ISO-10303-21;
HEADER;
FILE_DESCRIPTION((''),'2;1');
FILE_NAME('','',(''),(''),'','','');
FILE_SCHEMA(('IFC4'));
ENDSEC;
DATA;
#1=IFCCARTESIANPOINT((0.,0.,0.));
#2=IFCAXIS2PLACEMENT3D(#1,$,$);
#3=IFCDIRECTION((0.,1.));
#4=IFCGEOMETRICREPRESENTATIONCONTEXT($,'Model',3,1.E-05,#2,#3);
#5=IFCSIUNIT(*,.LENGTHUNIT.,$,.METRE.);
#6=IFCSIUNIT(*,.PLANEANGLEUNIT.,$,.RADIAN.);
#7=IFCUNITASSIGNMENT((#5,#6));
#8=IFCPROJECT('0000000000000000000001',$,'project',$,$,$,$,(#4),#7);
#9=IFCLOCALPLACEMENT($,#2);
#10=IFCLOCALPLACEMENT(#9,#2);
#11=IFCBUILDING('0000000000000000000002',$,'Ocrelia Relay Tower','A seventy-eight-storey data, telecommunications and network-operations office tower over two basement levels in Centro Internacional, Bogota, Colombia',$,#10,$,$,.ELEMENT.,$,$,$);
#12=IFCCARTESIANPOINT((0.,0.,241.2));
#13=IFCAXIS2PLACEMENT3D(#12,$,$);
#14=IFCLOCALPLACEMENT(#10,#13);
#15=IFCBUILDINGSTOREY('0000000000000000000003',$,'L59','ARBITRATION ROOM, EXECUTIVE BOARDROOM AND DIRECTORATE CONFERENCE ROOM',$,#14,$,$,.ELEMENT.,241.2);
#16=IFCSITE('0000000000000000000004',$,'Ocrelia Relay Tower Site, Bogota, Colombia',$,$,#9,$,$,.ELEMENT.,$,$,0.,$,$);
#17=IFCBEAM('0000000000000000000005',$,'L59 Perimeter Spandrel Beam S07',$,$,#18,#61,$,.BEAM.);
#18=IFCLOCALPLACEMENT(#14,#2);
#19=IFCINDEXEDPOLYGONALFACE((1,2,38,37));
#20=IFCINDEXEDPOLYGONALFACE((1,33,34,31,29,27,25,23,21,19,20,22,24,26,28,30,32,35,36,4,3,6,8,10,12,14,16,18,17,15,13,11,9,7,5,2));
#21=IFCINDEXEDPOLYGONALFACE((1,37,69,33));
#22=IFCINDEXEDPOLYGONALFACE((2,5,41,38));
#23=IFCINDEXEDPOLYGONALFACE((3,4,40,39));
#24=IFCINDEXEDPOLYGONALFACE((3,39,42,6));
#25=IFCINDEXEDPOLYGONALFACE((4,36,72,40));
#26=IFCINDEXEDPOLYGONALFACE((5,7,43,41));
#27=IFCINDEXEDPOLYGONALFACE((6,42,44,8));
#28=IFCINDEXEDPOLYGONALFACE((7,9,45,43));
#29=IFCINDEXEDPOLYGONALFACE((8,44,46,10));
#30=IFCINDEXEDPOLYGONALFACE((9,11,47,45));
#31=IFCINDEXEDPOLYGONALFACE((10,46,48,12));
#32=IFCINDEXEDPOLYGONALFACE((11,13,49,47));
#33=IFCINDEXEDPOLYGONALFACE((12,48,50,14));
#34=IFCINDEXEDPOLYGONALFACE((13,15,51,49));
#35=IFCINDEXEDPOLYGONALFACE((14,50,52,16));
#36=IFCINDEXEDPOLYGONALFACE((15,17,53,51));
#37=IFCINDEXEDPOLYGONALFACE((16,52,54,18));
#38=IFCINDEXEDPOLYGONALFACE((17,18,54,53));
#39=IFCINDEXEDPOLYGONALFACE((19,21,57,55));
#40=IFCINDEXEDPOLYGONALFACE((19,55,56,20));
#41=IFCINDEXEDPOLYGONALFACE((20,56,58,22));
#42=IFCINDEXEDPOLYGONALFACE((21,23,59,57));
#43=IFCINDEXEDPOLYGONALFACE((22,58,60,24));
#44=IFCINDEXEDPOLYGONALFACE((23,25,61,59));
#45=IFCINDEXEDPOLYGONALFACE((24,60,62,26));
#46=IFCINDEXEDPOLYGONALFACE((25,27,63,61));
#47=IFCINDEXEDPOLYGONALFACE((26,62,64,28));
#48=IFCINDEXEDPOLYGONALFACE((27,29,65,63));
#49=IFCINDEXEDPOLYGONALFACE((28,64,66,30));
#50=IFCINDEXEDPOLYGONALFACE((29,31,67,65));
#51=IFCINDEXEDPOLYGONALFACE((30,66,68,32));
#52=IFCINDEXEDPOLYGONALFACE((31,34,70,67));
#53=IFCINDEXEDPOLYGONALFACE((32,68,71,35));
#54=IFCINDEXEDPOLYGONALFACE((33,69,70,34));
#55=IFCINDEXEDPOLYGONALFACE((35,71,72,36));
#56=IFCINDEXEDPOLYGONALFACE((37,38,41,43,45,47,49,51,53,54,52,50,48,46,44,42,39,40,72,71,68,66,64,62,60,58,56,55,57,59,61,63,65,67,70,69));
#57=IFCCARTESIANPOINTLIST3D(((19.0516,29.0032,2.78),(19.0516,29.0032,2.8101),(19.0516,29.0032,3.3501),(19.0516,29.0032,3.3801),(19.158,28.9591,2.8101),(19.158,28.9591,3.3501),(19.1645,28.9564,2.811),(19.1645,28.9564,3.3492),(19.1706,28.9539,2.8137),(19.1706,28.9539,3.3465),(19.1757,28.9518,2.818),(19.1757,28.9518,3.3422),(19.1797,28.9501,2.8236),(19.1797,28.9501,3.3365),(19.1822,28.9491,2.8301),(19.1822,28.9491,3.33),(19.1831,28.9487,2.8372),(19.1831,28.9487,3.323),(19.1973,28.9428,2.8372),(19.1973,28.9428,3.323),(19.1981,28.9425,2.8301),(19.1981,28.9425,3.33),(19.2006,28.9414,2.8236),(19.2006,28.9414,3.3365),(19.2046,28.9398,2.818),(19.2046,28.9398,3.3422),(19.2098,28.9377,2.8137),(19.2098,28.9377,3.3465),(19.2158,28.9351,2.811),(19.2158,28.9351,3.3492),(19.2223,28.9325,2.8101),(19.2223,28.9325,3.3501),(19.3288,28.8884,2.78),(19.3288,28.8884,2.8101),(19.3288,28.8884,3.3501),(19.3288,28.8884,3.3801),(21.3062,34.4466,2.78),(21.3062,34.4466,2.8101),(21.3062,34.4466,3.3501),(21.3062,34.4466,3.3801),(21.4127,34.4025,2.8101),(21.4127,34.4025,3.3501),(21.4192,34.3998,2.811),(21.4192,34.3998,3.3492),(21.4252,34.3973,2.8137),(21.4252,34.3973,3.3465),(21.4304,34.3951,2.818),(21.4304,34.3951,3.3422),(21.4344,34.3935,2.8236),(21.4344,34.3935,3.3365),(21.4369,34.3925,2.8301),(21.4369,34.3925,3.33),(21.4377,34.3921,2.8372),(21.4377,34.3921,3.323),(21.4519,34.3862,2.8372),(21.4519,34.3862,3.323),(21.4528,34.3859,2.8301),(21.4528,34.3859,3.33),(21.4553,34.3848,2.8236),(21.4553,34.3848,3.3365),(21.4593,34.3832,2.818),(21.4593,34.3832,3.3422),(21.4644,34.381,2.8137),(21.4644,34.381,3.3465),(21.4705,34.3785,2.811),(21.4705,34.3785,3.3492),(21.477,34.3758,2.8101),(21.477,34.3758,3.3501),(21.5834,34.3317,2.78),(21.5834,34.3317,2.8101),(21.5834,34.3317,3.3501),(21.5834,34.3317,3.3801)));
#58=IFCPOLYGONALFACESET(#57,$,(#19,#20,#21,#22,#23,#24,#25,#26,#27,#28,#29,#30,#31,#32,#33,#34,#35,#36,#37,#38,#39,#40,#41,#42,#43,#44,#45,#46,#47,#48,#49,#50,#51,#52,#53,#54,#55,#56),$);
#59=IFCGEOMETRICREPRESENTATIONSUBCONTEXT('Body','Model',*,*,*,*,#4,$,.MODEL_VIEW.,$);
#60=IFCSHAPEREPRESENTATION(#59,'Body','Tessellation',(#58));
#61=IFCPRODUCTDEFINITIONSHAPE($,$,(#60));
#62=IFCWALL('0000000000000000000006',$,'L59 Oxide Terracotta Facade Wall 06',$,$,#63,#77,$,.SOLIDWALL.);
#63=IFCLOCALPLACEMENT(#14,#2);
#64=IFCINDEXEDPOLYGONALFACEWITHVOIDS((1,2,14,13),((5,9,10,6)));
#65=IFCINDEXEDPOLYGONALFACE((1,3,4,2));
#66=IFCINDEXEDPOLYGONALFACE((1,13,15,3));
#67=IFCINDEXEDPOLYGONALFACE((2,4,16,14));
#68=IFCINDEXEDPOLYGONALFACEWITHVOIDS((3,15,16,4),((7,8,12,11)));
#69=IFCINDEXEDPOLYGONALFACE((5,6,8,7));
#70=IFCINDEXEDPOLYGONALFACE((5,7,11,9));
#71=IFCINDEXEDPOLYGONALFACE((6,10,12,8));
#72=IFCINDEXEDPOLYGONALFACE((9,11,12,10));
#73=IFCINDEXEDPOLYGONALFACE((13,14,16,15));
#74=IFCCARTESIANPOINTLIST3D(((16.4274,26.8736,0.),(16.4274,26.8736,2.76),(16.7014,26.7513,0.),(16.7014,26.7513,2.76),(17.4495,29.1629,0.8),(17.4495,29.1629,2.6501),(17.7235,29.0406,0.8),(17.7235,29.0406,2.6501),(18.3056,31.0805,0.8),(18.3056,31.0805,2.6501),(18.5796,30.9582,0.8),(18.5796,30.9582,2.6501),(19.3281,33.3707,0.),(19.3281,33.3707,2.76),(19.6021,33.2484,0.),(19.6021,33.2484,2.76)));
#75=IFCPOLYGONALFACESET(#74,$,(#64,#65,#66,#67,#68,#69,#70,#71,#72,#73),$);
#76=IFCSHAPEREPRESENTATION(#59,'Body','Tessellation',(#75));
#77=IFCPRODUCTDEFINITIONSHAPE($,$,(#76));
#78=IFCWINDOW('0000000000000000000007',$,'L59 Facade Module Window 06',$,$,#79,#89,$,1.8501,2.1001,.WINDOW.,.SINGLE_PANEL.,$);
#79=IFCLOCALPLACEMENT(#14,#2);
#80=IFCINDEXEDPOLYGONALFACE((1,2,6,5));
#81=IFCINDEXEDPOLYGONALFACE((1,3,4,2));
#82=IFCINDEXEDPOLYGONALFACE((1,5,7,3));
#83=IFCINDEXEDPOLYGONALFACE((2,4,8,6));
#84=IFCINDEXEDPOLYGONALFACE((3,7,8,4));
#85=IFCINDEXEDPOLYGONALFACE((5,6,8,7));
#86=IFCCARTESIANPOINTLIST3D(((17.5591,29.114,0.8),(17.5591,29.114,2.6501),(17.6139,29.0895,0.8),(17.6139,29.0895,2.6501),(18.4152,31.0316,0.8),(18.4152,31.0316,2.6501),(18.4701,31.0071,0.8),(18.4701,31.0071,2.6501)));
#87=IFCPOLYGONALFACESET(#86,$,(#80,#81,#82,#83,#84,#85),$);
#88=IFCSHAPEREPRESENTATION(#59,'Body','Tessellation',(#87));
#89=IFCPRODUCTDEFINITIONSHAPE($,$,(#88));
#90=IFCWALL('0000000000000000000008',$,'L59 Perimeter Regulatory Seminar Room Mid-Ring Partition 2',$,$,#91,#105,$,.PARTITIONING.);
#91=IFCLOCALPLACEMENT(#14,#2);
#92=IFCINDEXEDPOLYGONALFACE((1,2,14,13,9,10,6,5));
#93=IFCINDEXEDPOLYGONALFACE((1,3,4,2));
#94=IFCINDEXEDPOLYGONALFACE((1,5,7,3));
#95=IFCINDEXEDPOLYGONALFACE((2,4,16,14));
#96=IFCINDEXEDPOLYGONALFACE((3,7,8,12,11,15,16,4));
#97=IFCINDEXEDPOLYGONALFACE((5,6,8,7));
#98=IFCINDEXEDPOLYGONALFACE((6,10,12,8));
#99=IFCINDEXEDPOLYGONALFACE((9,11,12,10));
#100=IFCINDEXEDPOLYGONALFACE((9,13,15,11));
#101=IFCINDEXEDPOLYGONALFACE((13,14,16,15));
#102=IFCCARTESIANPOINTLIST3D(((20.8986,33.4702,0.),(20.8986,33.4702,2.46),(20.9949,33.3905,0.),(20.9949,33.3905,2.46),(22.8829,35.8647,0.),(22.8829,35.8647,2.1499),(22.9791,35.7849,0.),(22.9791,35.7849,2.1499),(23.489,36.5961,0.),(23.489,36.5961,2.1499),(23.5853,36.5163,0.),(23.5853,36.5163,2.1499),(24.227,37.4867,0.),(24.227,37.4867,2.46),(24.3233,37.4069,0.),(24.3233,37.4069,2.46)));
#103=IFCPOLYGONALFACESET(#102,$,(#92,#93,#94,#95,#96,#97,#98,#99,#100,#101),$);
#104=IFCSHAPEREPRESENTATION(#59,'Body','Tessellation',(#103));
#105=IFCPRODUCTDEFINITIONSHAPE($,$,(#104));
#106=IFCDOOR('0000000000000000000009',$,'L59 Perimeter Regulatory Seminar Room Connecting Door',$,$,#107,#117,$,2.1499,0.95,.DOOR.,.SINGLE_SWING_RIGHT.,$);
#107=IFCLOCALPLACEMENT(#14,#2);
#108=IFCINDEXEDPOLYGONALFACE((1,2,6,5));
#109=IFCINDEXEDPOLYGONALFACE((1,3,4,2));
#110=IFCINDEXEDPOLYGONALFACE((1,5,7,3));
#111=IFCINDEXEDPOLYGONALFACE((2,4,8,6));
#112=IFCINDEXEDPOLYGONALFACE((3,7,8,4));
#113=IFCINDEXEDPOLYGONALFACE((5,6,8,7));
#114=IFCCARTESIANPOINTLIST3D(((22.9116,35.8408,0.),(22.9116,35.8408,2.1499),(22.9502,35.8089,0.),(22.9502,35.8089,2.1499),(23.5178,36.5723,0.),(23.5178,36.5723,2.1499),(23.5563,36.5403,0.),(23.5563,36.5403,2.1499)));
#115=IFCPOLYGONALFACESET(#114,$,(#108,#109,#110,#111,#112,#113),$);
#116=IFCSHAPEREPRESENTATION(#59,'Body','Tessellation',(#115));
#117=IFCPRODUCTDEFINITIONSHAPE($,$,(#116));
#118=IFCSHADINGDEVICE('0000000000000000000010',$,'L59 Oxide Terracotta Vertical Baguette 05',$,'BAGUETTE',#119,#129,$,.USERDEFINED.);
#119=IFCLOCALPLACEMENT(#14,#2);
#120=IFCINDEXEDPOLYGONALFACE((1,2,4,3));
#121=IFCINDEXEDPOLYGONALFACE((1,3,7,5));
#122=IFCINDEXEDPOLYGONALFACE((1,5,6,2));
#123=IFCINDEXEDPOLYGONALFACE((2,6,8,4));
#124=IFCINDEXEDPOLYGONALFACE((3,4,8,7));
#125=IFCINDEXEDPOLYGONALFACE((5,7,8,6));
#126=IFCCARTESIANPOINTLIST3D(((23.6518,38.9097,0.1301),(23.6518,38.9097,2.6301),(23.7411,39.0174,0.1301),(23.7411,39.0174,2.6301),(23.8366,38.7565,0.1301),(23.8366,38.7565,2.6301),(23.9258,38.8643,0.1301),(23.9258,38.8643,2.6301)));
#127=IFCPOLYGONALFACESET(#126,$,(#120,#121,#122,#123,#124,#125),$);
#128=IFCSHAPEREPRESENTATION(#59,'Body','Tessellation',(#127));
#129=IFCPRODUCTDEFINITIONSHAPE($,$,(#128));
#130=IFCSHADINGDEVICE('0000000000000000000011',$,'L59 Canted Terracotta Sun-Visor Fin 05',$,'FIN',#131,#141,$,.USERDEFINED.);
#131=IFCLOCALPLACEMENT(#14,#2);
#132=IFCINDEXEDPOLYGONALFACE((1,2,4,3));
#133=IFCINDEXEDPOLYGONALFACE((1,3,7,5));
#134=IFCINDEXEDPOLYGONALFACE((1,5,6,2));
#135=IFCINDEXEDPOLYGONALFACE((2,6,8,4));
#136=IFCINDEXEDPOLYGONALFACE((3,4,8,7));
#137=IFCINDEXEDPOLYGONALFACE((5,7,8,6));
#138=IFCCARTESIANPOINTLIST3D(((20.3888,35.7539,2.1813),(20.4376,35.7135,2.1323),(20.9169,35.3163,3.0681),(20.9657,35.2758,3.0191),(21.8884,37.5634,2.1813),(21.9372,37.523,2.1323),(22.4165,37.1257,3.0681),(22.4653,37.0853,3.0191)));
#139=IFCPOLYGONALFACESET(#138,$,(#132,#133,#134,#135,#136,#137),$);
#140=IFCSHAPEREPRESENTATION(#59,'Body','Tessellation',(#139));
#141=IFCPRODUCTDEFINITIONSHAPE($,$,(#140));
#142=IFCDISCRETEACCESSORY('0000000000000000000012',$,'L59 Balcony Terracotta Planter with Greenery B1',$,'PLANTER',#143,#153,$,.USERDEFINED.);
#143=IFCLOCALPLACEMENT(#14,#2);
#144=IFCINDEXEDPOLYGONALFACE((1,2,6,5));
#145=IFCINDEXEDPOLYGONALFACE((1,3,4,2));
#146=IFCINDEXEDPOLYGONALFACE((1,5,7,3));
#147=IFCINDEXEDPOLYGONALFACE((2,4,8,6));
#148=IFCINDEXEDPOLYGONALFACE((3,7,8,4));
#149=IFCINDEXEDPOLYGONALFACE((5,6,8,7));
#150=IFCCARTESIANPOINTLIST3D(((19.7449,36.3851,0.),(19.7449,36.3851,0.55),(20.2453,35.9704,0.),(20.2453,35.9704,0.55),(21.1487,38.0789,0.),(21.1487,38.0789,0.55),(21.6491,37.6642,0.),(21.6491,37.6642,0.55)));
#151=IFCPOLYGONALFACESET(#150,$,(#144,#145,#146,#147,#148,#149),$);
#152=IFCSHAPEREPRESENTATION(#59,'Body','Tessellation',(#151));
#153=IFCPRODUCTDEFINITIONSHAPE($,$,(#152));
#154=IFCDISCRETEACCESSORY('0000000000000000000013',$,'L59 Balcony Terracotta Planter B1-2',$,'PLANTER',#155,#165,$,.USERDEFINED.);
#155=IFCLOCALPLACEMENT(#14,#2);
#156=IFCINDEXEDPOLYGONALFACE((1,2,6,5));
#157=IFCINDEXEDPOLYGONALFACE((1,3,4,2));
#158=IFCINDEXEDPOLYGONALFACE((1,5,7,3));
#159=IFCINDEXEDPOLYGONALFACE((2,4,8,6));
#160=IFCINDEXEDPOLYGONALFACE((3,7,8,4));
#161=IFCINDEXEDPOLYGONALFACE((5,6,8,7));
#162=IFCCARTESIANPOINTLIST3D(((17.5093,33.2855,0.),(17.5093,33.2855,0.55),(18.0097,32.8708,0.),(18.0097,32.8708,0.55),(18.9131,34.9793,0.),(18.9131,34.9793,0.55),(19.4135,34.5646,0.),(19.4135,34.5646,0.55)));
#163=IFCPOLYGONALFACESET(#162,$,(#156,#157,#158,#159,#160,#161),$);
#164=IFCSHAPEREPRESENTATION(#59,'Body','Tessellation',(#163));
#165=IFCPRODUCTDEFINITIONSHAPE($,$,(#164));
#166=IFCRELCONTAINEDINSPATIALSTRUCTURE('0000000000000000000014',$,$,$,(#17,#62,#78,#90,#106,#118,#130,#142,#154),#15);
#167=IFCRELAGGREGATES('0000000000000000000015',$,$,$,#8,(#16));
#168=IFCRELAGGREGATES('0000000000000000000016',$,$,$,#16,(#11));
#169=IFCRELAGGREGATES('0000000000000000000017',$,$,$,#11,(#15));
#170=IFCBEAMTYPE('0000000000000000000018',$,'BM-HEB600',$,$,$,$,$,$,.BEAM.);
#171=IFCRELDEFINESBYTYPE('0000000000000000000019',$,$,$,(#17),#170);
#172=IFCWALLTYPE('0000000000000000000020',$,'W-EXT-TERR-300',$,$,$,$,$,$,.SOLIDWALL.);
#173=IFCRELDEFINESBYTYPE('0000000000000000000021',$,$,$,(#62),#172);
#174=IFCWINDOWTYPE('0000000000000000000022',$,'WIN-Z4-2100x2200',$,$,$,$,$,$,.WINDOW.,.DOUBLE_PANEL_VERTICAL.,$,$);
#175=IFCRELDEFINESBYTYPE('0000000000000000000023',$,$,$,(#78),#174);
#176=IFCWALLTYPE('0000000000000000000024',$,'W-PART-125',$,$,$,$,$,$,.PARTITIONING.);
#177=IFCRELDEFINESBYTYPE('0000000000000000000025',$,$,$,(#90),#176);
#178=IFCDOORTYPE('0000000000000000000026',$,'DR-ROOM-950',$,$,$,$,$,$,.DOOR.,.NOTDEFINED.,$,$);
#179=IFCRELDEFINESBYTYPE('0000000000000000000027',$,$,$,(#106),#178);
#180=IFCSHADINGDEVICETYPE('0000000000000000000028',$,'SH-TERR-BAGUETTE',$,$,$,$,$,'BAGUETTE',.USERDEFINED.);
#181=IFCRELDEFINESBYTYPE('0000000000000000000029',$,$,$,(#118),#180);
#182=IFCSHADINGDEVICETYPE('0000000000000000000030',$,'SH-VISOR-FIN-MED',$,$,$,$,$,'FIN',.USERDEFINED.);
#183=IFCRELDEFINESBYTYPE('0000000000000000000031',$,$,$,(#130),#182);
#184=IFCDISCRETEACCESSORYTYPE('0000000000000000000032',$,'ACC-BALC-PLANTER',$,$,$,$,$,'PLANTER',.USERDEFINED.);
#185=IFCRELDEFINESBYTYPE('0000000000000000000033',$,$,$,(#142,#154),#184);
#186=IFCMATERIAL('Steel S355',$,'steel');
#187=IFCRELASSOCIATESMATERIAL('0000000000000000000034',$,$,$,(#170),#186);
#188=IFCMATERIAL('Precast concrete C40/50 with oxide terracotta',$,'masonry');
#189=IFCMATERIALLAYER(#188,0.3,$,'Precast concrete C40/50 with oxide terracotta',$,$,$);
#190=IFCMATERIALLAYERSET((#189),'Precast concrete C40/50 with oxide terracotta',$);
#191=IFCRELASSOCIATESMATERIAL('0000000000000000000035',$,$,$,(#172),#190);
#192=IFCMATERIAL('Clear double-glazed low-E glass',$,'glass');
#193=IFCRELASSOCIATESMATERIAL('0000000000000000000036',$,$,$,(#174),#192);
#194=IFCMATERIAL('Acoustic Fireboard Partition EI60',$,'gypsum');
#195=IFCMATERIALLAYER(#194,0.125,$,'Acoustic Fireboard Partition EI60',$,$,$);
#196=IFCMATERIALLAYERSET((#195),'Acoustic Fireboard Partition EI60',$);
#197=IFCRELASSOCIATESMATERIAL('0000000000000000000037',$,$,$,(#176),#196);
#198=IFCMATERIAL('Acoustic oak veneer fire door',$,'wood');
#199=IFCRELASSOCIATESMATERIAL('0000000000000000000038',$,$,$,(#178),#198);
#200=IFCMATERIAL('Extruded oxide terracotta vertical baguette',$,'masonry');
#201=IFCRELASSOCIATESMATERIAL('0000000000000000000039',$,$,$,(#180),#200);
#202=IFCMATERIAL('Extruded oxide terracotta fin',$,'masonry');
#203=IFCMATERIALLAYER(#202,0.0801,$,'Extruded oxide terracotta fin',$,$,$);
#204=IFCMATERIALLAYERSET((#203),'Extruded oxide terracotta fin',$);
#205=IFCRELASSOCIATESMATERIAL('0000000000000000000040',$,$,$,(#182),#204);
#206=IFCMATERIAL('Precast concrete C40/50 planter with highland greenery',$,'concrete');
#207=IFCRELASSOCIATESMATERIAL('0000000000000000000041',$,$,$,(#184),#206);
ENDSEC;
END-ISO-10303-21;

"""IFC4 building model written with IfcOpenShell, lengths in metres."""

from ifc_helpers import new_model, si_unit, direction, frame, frame_2d, origin, origin_2d, place, context, subcontext, project, spatial, rectangle, i_section, extrude, material, layer, layer_set, material_profile, profile_set, type_object, element, fill, save


model = new_model("IFC4")

# Units and contexts
model_context = context("Model", 3, precision=1e-05, world=origin(), true_north=direction((0.0, 1.0)))
body_context = subcontext(model_context, "Body", "Model", "MODEL_VIEW")
ifc_project = project(units=[si_unit("LENGTHUNIT", "METRE"), si_unit("PLANEANGLEUNIT", "RADIAN")], contexts=[model_context])

# Site, building, storey
site_placement = place(None, origin())
site = spatial("IfcSite", under=ifc_project, at=site_placement, Name="Ocrelia Relay Tower Site, Bogota, Colombia", CompositionType="ELEMENT", RefElevation=0.0)
building_placement = place(site_placement, origin())
building = spatial("IfcBuilding", under=site, at=building_placement, Name="Ocrelia Relay Tower", Description="A seventy-eight-storey data, telecommunications and network-operations office tower over two basement levels in Centro Internacional, Bogota, Colombia", CompositionType="ELEMENT")
storey_placement = place(building_placement, frame((0.0, 0.0, 241.2)))
storey = spatial("IfcBuildingStorey", under=building, at=storey_placement, Name="L59", Description="ARBITRATION ROOM, EXECUTIVE BOARDROOM AND DIRECTORATE CONFERENCE ROOM", CompositionType="ELEMENT", Elevation=241.2)

# Beam
ifc_material_1 = material(Name="Steel S355", Category="steel")
ifc_material_profile_1 = material_profile(ifc_material_1, i_section(OverallWidth=0.3, OverallDepth=0.6001, WebThickness=0.0154, FlangeThickness=0.03, FilletRadius=0.0271, at=origin_2d()), Name="HEB 600")
ifc_profile_set_1 = profile_set([ifc_material_profile_1], Name="Steel S355")
beam_type_1 = type_object("IfcBeamType", Name="BM-HEB600", PredefinedType="BEAM", material=ifc_profile_set_1)
beam_1_placement = place(storey_placement, frame((21.4448, 34.3892, 3.0801), z_axis=(-0.382673, -0.923884, 0.0), x_axis=(0.923884, -0.382673, 0.0)))
element("IfcBeam", 1, at=beam_1_placement, inside=storey, type_object=beam_type_1, Name="L59 Perimeter Spandrel Beam S07", PredefinedType="BEAM", context=body_context, shape_type="SweptSolid", body=[
    extrude(i_section(OverallWidth=0.3, OverallDepth=0.6001, WebThickness=0.0154, FlangeThickness=0.03, FilletRadius=0.0271, at=origin_2d()), origin(), (0.0, 0.0, 1.0), 5.8918),
])

# Shared definitions
ifc_material_2 = material(Name="Precast concrete C40/50 with oxide terracotta", Category="masonry")
ifc_layer_1 = layer(ifc_material_2, 0.3, Name="Precast concrete C40/50 with oxide terracotta")
ifc_layer_set_1 = layer_set([ifc_layer_1], Name="Precast concrete C40/50 with oxide terracotta")
wall_type_1 = type_object("IfcWallType", Name="W-EXT-TERR-300", PredefinedType="SOLIDWALL", material=ifc_layer_set_1)

# Wall, opening, window
wall_1_placement = place(storey_placement, frame((19.4651, 33.3096, 0.0), z_axis=(0.0, 0.0, 1.0), x_axis=(-0.407669, -0.91313, 0.0)))
wall_1 = element("IfcWall", 2, at=wall_1_placement, inside=storey, type_object=wall_type_1, Name="L59 Oxide Terracotta Facade Wall 06", PredefinedType="SOLIDWALL", context=body_context, shape_type="SweptSolid", body=[
    extrude(rectangle(XDim=7.1152, YDim=0.3, at=frame_2d((3.5576, 0.0))), origin(), (0.0, 0.0, 1.0), 2.76),
])
opening_1_placement = place(wall_1_placement, frame((2.5081, 0.0, 0.8)))
opening_1 = element("IfcOpeningElement", 3, at=opening_1_placement, cuts=wall_1, PredefinedType="OPENING", context=body_context, shape_type="SweptSolid", body=[
    extrude(rectangle(XDim=2.1001, YDim=1.8501, at=frame_2d((1.05, 0.925))), frame((0.0, 0.1602, 0.0), z_axis=(0.0, -1.0, 0.0), x_axis=(1.0, 0.0, 0.0)), (0.0, 0.0, 1.0), 0.3201),
])
ifc_material_3 = material(Name="Clear double-glazed low-E glass", Category="glass")
window_type = type_object("IfcWindowType", Name="WIN-Z4-2100x2200", PartitioningType="DOUBLE_PANEL_VERTICAL", PredefinedType="WINDOW", material=ifc_material_3)
window_placement = place(opening_1_placement, origin())
window = element("IfcWindow", 4, at=window_placement, inside=storey, type_object=window_type, Name="L59 Facade Module Window 06", OverallHeight=1.8501, OverallWidth=2.1001, PartitioningType="SINGLE_PANEL", PredefinedType="WINDOW", context=body_context, shape_type="SweptSolid", body=[
    extrude(rectangle(XDim=2.1001, YDim=1.8501, at=frame_2d((1.05, 0.925))), frame((0.0, 0.03, 0.0), z_axis=(0.0, -1.0, 0.0), x_axis=(1.0, 0.0, 0.0)), (0.0, 0.0, 1.0), 0.0601),
])
fill(opening_1, window)

# Wall, opening, door
ifc_material_4 = material(Name="Acoustic Fireboard Partition EI60", Category="gypsum")
ifc_layer_2 = layer(ifc_material_4, 0.125, Name="Acoustic Fireboard Partition EI60")
ifc_layer_set_2 = layer_set([ifc_layer_2], Name="Acoustic Fireboard Partition EI60")
wall_type_2 = type_object("IfcWallType", Name="W-PART-125", PredefinedType="PARTITIONING", material=ifc_layer_set_2)
wall_2_placement = place(storey_placement, frame((24.2751, 37.4468, 0.0), z_axis=(0.0, 0.0, 1.0), x_axis=(-0.638078, -0.769972, 0.0)))
wall_2 = element("IfcWall", 5, at=wall_2_placement, inside=storey, type_object=wall_type_2, Name="L59 Perimeter Regulatory Seminar Room Mid-Ring Partition 2", PredefinedType="PARTITIONING", context=body_context, shape_type="SweptSolid", body=[
    extrude(rectangle(XDim=5.2163, YDim=0.125, at=frame_2d((2.6082, 0.0))), origin(), (0.0, 0.0, 1.0), 2.46),
])
opening_2_placement = place(wall_2_placement, frame((1.1565, 0.0, 0.0)))
opening_2 = element("IfcOpeningElement", 6, at=opening_2_placement, cuts=wall_2, PredefinedType="OPENING", context=body_context, shape_type="SweptSolid", body=[
    extrude(rectangle(XDim=0.95, YDim=2.1499, at=frame_2d((0.4751, 1.075))), frame((0.0, 0.0725, 0.0), z_axis=(0.0, -1.0, 0.0), x_axis=(1.0, 0.0, 0.0)), (0.0, 0.0, 1.0), 0.145),
])
ifc_material_5 = material(Name="Acoustic oak veneer fire door", Category="wood")
door_type_1 = type_object("IfcDoorType", Name="DR-ROOM-950", OperationType="NOTDEFINED", PredefinedType="DOOR", material=ifc_material_5)
door_1_placement = place(opening_2_placement, origin())
door_1 = element("IfcDoor", 7, at=door_1_placement, inside=storey, type_object=door_type_1, Name="L59 Perimeter Regulatory Seminar Room Connecting Door", OperationType="SINGLE_SWING_RIGHT", OverallHeight=2.1499, OverallWidth=0.95, PredefinedType="DOOR", context=body_context, shape_type="SweptSolid", body=[
    extrude(rectangle(XDim=0.95, YDim=2.1499, at=frame_2d((0.4751, 1.075))), frame((0.0, 0.0249, 0.0), z_axis=(0.0, -1.0, 0.0), x_axis=(1.0, 0.0, 0.0)), (0.0, 0.0, 1.0), 0.05),
])
fill(opening_2, door_1)

# Shading devices
ifc_material_6 = material(Name="Extruded oxide terracotta vertical baguette", Category="masonry")
shading_device_type_1 = type_object("IfcShadingDeviceType", Name="SH-TERR-BAGUETTE", ElementType="BAGUETTE", PredefinedType="USERDEFINED", material=ifc_material_6)
shading_device_1_placement = place(storey_placement, frame((23.7888, 38.887, 0.1301), z_axis=(0.0, 0.0, 1.0), x_axis=(-0.638096, -0.769957, 0.0)))
element("IfcShadingDevice", 8, at=shading_device_1_placement, inside=storey, type_object=shading_device_type_1, Name="L59 Oxide Terracotta Vertical Baguette 05", ObjectType="BAGUETTE", PredefinedType="USERDEFINED", context=body_context, shape_type="SweptSolid", body=[
    extrude(rectangle(XDim=0.1399, YDim=0.24, at=origin_2d()), origin(), (0.0, 0.0, 1.0), 2.5),
])
ifc_material_7 = material(Name="Extruded oxide terracotta fin", Category="masonry")
ifc_layer_3 = layer(ifc_material_7, 0.0801, Name="Extruded oxide terracotta fin")
ifc_layer_set_3 = layer_set([ifc_layer_3], Name="Extruded oxide terracotta fin")
shading_device_type_2 = type_object("IfcShadingDeviceType", Name="SH-VISOR-FIN-MED", ElementType="FIN", PredefinedType="USERDEFINED", material=ifc_layer_set_3)
shading_device_2_placement = place(storey_placement, frame((21.4514, 36.3994, 2.5757), z_axis=(-0.609044, 0.50474, 0.611803), x_axis=(-0.638096, -0.769957, 0.0)))
element("IfcShadingDevice", 9, at=shading_device_2_placement, inside=storey, type_object=shading_device_type_2, Name="L59 Canted Terracotta Sun-Visor Fin 05", ObjectType="FIN", PredefinedType="USERDEFINED", context=body_context, shape_type="SweptSolid", body=[
    extrude(rectangle(XDim=2.3501, YDim=1.1211, at=origin_2d()), origin(), (0.0, 0.0, 1.0), 0.0801),
])

# Discrete accessories
ifc_material_8 = material(Name="Precast concrete C40/50 planter with highland greenery", Category="concrete")
discrete_accessory_type_1 = type_object("IfcDiscreteAccessoryType", Name="ACC-BALC-PLANTER", ElementType="PLANTER", PredefinedType="USERDEFINED", material=ifc_material_8)
for number, where, z_axis, x_axis, name in (
    (10, (20.697, 37.0247, 0.0), (0.0, 0.0, 1.0), (0.638098, 0.769955, 0.0), "L59 Balcony Terracotta Planter with Greenery B1"),
    (11, (18.4614, 33.925, 0.0), (0.0, 0.0, 1.0), (0.638098, 0.769955, 0.0), "L59 Balcony Terracotta Planter B1-2"),
):
    element("IfcDiscreteAccessory", number, at=place(storey_placement, frame(where, z_axis=z_axis, x_axis=x_axis)), inside=storey, type_object=discrete_accessory_type_1, Name=name, ObjectType="PLANTER", PredefinedType="USERDEFINED", context=body_context, shape_type="SweptSolid", body=[
        extrude(rectangle(XDim=2.2, YDim=0.6499, at=origin_2d()), origin(), (0.0, 0.0, 1.0), 0.55),
    ])

save(model, "model.ifc")
